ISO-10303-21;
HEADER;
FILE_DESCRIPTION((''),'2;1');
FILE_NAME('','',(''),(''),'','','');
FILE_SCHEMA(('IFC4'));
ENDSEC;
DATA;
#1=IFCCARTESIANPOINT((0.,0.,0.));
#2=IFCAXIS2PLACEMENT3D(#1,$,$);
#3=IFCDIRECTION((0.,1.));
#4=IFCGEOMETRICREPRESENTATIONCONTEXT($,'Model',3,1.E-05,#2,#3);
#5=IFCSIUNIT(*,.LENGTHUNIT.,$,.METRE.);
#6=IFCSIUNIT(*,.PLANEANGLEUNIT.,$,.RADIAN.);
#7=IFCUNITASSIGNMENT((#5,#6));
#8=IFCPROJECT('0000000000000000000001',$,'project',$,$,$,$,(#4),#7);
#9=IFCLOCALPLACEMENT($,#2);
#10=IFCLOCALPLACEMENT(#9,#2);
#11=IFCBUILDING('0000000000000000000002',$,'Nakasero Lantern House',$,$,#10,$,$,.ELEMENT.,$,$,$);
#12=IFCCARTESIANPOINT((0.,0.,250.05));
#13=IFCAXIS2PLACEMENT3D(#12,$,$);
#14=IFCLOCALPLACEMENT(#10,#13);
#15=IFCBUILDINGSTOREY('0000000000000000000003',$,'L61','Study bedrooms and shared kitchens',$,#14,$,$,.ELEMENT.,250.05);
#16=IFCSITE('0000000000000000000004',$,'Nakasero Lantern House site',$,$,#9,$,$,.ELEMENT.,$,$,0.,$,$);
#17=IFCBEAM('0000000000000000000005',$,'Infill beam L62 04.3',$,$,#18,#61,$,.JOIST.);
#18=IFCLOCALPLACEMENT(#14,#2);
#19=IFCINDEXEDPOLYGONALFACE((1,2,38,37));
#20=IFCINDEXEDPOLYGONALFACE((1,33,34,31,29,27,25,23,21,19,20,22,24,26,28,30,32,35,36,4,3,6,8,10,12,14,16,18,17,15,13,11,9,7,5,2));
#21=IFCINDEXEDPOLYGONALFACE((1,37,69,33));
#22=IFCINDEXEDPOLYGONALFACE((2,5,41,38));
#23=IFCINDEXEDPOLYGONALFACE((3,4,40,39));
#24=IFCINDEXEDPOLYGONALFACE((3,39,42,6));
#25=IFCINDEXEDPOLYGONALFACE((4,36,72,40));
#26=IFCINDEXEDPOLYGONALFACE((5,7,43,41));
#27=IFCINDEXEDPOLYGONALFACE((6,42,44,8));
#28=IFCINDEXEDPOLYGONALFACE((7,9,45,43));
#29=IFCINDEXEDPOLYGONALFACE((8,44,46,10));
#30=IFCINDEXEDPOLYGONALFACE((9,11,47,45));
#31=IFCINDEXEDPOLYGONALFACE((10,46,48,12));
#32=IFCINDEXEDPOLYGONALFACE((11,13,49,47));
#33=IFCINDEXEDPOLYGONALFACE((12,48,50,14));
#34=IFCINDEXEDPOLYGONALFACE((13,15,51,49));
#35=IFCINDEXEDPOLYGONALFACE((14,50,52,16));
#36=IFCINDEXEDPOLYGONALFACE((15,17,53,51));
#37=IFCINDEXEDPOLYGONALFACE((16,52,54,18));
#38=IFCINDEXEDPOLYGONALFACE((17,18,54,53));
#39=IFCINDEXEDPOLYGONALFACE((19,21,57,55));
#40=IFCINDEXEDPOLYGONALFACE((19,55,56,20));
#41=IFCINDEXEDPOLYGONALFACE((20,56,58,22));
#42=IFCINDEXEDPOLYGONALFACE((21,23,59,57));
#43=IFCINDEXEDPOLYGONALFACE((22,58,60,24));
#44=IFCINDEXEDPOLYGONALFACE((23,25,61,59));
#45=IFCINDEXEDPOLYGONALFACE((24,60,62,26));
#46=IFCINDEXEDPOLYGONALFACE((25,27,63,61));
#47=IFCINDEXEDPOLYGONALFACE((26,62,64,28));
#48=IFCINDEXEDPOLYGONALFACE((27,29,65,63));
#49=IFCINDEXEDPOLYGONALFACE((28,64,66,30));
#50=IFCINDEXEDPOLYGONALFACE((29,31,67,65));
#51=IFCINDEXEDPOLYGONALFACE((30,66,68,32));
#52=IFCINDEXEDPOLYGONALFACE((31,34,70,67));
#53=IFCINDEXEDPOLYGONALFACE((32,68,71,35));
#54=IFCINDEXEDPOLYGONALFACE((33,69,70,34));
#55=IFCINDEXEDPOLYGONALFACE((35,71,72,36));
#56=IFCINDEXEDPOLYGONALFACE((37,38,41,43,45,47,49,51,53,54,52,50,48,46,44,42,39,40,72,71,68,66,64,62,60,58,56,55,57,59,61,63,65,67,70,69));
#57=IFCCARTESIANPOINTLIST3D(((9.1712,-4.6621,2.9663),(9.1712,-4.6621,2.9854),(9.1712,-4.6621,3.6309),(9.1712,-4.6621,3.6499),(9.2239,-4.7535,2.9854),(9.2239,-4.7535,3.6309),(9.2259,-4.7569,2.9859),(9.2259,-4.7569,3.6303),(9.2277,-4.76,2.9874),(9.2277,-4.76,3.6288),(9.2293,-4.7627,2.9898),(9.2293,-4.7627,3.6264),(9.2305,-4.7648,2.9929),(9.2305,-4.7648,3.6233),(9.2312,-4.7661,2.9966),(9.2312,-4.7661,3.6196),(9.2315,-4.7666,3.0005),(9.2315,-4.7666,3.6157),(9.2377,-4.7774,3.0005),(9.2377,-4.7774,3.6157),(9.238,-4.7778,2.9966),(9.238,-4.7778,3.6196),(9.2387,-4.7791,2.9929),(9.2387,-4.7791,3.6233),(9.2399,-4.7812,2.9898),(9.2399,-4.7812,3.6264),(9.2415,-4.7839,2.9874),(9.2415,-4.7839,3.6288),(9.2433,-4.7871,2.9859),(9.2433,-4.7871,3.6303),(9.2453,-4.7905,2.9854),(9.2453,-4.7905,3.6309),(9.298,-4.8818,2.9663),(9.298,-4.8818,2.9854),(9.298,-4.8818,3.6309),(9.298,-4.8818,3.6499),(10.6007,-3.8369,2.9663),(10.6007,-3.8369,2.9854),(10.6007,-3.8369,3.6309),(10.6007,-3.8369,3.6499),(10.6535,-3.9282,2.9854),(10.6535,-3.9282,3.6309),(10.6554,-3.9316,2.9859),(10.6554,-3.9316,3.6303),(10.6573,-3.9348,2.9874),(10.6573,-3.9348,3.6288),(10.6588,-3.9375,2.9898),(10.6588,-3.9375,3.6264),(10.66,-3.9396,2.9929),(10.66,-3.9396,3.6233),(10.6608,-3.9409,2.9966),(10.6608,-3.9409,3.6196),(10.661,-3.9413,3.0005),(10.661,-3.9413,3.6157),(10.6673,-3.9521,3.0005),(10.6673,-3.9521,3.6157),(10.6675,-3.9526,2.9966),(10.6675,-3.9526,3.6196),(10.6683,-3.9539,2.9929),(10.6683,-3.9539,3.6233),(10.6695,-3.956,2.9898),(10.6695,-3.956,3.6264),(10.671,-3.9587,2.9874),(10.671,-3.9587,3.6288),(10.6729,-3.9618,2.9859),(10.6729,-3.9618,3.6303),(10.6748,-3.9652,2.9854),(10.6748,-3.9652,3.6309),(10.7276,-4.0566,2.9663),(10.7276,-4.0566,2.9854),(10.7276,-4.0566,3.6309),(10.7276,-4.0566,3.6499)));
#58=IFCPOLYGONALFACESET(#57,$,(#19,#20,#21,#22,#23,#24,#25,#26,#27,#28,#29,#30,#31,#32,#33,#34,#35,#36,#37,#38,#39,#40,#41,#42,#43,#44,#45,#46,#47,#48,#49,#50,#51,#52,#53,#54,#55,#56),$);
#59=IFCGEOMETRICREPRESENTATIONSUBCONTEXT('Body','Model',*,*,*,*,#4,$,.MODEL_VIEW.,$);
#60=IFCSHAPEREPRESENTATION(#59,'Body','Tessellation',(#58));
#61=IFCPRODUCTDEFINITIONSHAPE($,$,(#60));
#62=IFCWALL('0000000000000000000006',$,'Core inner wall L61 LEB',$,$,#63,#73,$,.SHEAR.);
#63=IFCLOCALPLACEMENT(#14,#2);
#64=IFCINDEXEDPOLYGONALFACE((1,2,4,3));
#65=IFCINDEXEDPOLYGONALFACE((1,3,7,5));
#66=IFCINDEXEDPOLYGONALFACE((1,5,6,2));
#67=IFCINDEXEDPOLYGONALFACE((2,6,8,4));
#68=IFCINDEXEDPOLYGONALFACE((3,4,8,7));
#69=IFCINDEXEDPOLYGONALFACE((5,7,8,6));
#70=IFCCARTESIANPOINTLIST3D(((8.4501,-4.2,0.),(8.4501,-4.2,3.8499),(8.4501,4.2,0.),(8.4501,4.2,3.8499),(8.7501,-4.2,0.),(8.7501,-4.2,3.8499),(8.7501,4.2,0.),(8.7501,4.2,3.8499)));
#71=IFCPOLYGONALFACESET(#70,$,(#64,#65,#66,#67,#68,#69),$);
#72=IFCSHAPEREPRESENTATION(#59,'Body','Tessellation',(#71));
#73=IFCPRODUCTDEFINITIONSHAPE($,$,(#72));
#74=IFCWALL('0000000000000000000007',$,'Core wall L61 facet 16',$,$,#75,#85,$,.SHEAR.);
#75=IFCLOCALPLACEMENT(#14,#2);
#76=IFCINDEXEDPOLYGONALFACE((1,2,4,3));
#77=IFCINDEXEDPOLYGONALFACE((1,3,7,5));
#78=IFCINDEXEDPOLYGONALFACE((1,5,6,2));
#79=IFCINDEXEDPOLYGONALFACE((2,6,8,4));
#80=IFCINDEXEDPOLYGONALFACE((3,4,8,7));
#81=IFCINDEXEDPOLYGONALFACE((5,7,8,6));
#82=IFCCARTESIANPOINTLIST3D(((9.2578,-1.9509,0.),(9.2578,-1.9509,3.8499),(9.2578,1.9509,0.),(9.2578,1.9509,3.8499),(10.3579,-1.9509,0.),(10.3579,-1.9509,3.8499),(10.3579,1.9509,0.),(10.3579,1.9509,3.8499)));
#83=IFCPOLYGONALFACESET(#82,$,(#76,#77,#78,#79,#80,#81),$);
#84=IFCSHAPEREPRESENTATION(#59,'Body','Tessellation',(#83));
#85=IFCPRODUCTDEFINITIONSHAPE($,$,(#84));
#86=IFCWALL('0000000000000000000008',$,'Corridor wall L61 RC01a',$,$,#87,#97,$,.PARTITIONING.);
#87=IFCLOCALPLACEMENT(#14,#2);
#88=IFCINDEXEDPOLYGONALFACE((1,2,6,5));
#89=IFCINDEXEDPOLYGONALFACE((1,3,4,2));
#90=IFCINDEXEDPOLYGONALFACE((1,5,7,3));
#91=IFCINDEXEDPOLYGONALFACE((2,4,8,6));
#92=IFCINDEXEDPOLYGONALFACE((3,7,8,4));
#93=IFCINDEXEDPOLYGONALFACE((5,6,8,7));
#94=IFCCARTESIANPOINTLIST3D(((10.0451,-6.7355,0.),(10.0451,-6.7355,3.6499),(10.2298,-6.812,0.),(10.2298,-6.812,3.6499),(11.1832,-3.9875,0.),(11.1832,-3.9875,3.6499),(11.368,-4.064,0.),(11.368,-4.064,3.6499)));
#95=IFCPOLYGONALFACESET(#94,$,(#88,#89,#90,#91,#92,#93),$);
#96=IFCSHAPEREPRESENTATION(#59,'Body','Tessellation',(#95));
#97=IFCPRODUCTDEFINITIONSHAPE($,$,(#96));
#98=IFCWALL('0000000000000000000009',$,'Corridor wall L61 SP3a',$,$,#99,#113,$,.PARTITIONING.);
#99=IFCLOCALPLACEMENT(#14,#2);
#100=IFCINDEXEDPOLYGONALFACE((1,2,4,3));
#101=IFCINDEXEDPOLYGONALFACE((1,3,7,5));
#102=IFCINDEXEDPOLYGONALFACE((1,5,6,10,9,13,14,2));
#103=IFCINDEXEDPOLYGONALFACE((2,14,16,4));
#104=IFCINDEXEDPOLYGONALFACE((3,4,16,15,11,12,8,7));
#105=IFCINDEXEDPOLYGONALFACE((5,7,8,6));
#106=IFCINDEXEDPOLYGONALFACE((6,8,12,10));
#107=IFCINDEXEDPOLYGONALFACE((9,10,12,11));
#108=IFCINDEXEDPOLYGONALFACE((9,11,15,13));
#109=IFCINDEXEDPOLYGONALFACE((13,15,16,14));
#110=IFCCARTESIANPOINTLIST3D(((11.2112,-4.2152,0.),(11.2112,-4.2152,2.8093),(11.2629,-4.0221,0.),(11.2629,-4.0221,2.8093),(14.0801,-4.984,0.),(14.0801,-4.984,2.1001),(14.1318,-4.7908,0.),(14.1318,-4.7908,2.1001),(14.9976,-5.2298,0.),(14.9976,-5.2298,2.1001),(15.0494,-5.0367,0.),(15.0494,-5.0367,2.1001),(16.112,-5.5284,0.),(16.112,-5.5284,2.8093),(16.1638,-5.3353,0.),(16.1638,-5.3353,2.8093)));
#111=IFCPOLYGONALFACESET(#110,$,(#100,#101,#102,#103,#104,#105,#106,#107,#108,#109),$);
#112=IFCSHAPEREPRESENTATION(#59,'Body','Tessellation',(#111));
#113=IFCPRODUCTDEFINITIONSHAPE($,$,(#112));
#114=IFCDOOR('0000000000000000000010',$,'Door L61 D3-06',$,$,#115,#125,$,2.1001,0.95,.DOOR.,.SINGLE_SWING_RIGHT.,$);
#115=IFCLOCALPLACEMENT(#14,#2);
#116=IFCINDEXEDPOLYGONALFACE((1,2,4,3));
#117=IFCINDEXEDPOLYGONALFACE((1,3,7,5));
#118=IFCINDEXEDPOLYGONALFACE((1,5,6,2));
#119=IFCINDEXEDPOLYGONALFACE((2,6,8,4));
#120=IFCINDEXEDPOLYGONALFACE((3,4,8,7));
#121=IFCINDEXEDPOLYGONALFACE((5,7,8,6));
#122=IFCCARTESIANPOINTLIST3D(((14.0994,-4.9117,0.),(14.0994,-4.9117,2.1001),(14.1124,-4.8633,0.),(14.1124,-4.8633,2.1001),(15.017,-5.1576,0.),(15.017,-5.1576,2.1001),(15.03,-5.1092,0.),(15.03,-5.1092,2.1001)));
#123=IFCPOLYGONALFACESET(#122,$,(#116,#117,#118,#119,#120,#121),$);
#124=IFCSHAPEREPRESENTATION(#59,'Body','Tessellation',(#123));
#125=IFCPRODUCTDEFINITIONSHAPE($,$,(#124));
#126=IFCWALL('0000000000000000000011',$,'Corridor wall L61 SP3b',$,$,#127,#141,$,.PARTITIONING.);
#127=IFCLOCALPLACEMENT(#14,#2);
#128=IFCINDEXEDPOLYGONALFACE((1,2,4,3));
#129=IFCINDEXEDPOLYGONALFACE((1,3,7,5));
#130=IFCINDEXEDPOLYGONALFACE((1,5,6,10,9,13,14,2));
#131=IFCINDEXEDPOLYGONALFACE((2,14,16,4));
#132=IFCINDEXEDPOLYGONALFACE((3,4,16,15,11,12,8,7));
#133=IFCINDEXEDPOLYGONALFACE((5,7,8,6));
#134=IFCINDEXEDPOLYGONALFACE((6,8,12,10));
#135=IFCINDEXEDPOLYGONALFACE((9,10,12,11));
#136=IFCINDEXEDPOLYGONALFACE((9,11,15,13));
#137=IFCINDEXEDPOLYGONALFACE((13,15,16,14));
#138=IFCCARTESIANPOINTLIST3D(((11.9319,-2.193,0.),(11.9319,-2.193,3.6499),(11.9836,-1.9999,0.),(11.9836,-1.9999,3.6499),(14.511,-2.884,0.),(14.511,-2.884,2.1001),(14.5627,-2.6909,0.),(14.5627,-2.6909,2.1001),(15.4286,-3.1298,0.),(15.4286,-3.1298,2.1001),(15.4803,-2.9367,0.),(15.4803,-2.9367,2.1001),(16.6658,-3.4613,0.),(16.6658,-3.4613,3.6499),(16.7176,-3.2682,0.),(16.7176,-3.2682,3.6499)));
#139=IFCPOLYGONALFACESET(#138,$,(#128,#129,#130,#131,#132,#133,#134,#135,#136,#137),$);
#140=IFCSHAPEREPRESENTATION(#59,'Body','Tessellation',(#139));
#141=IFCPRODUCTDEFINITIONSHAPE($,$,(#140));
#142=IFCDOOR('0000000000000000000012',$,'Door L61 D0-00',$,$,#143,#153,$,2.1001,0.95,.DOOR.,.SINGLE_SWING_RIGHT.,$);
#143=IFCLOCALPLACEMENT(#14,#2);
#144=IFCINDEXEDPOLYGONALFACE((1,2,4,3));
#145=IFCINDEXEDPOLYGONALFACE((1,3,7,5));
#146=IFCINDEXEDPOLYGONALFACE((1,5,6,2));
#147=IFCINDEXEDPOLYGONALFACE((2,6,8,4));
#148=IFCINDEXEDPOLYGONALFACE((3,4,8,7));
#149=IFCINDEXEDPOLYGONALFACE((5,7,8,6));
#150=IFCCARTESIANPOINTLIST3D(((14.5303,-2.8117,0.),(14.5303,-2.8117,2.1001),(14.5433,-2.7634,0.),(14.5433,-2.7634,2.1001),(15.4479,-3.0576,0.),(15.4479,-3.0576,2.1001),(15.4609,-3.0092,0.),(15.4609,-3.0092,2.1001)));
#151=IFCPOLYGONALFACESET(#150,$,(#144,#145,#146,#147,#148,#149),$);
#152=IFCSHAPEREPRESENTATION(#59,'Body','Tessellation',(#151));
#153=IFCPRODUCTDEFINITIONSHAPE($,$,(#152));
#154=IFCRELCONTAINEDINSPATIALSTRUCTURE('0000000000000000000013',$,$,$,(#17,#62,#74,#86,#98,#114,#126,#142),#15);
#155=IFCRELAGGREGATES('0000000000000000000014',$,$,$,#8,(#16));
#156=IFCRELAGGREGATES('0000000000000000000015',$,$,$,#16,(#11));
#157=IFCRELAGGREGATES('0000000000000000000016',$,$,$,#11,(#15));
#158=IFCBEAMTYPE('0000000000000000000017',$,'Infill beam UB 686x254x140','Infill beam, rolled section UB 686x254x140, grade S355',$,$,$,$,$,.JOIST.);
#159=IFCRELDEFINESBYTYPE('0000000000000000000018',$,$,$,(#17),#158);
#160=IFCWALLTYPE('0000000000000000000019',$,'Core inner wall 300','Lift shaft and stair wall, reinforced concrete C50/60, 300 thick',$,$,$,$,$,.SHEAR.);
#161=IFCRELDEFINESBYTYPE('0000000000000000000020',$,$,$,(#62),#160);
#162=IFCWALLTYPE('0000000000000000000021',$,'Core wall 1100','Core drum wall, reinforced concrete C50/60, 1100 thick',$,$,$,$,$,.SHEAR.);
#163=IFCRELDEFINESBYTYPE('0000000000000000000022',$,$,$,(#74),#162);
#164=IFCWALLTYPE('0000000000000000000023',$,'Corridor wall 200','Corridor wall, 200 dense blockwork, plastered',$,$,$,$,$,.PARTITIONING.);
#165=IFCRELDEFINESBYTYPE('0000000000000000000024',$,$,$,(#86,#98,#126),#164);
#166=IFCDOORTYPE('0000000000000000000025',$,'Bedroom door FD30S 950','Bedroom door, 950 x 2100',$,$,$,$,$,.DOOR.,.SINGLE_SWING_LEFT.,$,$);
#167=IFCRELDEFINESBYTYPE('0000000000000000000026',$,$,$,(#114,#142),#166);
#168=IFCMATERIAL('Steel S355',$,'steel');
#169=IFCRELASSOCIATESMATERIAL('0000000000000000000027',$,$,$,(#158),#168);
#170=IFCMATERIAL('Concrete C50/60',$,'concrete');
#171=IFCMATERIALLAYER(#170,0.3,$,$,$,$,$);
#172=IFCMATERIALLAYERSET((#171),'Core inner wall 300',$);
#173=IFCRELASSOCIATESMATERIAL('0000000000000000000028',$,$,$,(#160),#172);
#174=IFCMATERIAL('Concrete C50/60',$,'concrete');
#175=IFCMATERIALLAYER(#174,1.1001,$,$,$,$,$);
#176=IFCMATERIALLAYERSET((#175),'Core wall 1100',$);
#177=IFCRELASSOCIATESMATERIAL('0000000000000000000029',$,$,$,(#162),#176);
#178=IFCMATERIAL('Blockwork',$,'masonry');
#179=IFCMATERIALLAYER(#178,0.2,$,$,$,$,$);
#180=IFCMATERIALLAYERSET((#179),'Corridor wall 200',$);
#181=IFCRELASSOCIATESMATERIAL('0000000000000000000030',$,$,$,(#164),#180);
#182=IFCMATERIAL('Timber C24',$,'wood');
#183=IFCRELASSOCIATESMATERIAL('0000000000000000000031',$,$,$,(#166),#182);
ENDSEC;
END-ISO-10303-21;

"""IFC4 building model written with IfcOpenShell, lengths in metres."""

from ifc_helpers import new_model, si_unit, direction, frame, frame_2d, origin, origin_2d, place, context, subcontext, project, spatial, rectangle, i_section, extrude, material, layer, layer_set, material_profile, profile_set, type_object, element, fill, save


model = new_model("IFC4")

# Units and contexts
model_context = context("Model", 3, precision=1e-05, world=origin(), true_north=direction((0.0, 1.0)))
body_context = subcontext(model_context, "Body", "Model", "MODEL_VIEW")
ifc_project = project(units=[si_unit("LENGTHUNIT", "METRE"), si_unit("PLANEANGLEUNIT", "RADIAN")], contexts=[model_context])

# Site, building, storey
site_placement = place(None, origin())
site = spatial("IfcSite", under=ifc_project, at=site_placement, Name="Nakasero Lantern House site", CompositionType="ELEMENT", RefElevation=0.0)
building_placement = place(site_placement, origin())
building = spatial("IfcBuilding", under=site, at=building_placement, Name="Nakasero Lantern House", CompositionType="ELEMENT")
storey_placement = place(building_placement, frame((0.0, 0.0, 250.05)))
storey = spatial("IfcBuildingStorey", under=building, at=storey_placement, Name="L61", Description="Study bedrooms and shared kitchens", CompositionType="ELEMENT", Elevation=250.05)

# Beam
ifc_material_1 = material(Name="Steel S355", Category="steel")
ifc_material_profile = material_profile(ifc_material_1, i_section(OverallWidth=0.2537, OverallDepth=0.6836, WebThickness=0.0125, FlangeThickness=0.019, FilletRadius=0.0151, at=origin_2d()), Name="UB 686x254x140")
ifc_profile_set = profile_set([ifc_material_profile], Name="Steel S355")
beam_type = type_object("IfcBeamType", Name="Infill beam UB 686x254x140", Description="Infill beam, rolled section UB 686x254x140, grade S355", PredefinedType="JOIST", material=ifc_profile_set)
beam_placement = place(storey_placement, frame((9.2346, -4.772, 3.3081), z_axis=(0.86605, 0.499957, 0.0), x_axis=(-0.499957, 0.86605, 0.0)))
element("IfcBeam", 1, at=beam_placement, inside=storey, type_object=beam_type, Name="Infill beam L62 04.3", PredefinedType="JOIST", context=body_context, shape_type="SweptSolid", body=[
    extrude(i_section(OverallWidth=0.2537, OverallDepth=0.6836, WebThickness=0.0125, FlangeThickness=0.019, FilletRadius=0.0151, at=origin_2d()), origin(), (0.0, 0.0, 1.0), 1.6506),
])

# Walls
ifc_material_2 = material(Name="Concrete C50/60", Category="concrete")
ifc_layer_1 = layer(ifc_material_2, 0.3)
ifc_layer_set_1 = layer_set([ifc_layer_1], Name="Core inner wall 300")
wall_type_1 = type_object("IfcWallType", Name="Core inner wall 300", Description="Lift shaft and stair wall, reinforced concrete C50/60, 300 thick", PredefinedType="SHEAR", material=ifc_layer_set_1)
wall_1_placement = place(storey_placement, frame((8.6001, -4.2, 0.0), z_axis=(0.0, 0.0, 1.0), x_axis=(0.0, 1.0, 0.0)))
element("IfcWall", 2, at=wall_1_placement, inside=storey, type_object=wall_type_1, Name="Core inner wall L61 LEB", PredefinedType="SHEAR", context=body_context, shape_type="SweptSolid", body=[
    extrude(rectangle(XDim=8.3999, YDim=0.3, at=frame_2d((4.2, 0.0))), origin(), (0.0, 0.0, 1.0), 3.8499),
])
ifc_material_3 = material(Name="Concrete C50/60", Category="concrete")
ifc_layer_2 = layer(ifc_material_3, 1.1001)
ifc_layer_set_2 = layer_set([ifc_layer_2], Name="Core wall 1100")
wall_type_2 = type_object("IfcWallType", Name="Core wall 1100", Description="Core drum wall, reinforced concrete C50/60, 1100 thick", PredefinedType="SHEAR", material=ifc_layer_set_2)
wall_2_placement = place(storey_placement, frame((9.8079, -1.9509, 0.0), z_axis=(0.0, 0.0, 1.0), x_axis=(0.0, 1.0, 0.0)))
element("IfcWall", 3, at=wall_2_placement, inside=storey, type_object=wall_type_2, Name="Core wall L61 facet 16", PredefinedType="SHEAR", context=body_context, shape_type="SweptSolid", body=[
    extrude(rectangle(XDim=3.9019, YDim=1.1001, at=frame_2d((1.9509, 0.0))), origin(), (0.0, 0.0, 1.0), 3.8499),
])
ifc_material_4 = material(Name="Blockwork", Category="masonry")
ifc_layer_3 = layer(ifc_material_4, 0.2)
ifc_layer_set_3 = layer_set([ifc_layer_3], Name="Corridor wall 200")
wall_type_3 = type_object("IfcWallType", Name="Corridor wall 200", Description="Corridor wall, 200 dense blockwork, plastered", PredefinedType="PARTITIONING", material=ifc_layer_set_3)
wall_3_placement = place(storey_placement, frame((11.2756, -4.0256, 0.0), z_axis=(0.0, 0.0, 1.0), x_axis=(-0.382656, -0.923891, 0.0)))
element("IfcWall", 4, at=wall_3_placement, inside=storey, type_object=wall_type_3, Name="Corridor wall L61 RC01a", PredefinedType="PARTITIONING", context=body_context, shape_type="SweptSolid", body=[
    extrude(rectangle(XDim=2.9744, YDim=0.2, at=frame_2d((1.4873, 0.0))), origin(), (0.0, 0.0, 1.0), 3.6499),
])

# Walls, openings, doors
wall_4_placement = place(storey_placement, frame((11.2371, -4.1187, 0.0), z_axis=(0.0, 0.0, 1.0), x_axis=(0.965924, -0.258827, 0.0)))
wall_4 = element("IfcWall", 5, at=wall_4_placement, inside=storey, type_object=wall_type_3, Name="Corridor wall L61 SP3a", PredefinedType="PARTITIONING", context=body_context, shape_type="SweptSolid", body=[
    extrude(rectangle(XDim=5.0737, YDim=0.2, at=frame_2d((2.5369, 0.0))), origin(), (0.0, 0.0, 1.0), 2.8093),
])
opening_1_placement = place(wall_4_placement, frame((2.97, 0.0, 0.0)))
opening_1 = element("IfcOpeningElement", 6, at=opening_1_placement, cuts=wall_4, PredefinedType="OPENING", context=body_context, shape_type="SweptSolid", body=[
    extrude(rectangle(XDim=0.95, YDim=2.1001, at=frame_2d((0.4751, 1.05))), frame((0.0, 0.1199, 0.0), z_axis=(0.0, -1.0, 0.0), x_axis=(1.0, 0.0, 0.0)), (0.0, 0.0, 1.0), 0.24),
])
ifc_material_5 = material(Name="Timber C24", Category="wood")
door_type_1 = type_object("IfcDoorType", Name="Bedroom door FD30S 950", Description="Bedroom door, 950 x 2100", OperationType="SINGLE_SWING_LEFT", PredefinedType="DOOR", material=ifc_material_5)
door_1_placement = place(opening_1_placement, origin())
door_1 = element("IfcDoor", 7, at=door_1_placement, inside=storey, type_object=door_type_1, Name="Door L61 D3-06", OperationType="SINGLE_SWING_RIGHT", OverallHeight=2.1001, OverallWidth=0.95, PredefinedType="DOOR", context=body_context, shape_type="SweptSolid", body=[
    extrude(rectangle(XDim=0.95, YDim=2.1001, at=frame_2d((0.4751, 1.05))), frame((0.0, 0.0249, 0.0), z_axis=(0.0, -1.0, 0.0), x_axis=(1.0, 0.0, 0.0)), (0.0, 0.0, 1.0), 0.05),
])
fill(opening_1, door_1)
wall_5_placement = place(storey_placement, frame((11.9578, -2.0964, 0.0), z_axis=(0.0, 0.0, 1.0), x_axis=(0.965932, -0.258794, 0.0)))
wall_5 = element("IfcWall", 8, at=wall_5_placement, inside=storey, type_object=wall_type_3, Name="Corridor wall L61 SP3b", PredefinedType="PARTITIONING", context=body_context, shape_type="SweptSolid", body=[
    extrude(rectangle(XDim=4.9009, YDim=0.2, at=frame_2d((2.4504, 0.0))), origin(), (0.0, 0.0, 1.0), 3.6499),
])
opening_2_placement = place(wall_5_placement, frame((2.6699, 0.0, 0.0)))
opening_2 = element("IfcOpeningElement", 9, at=opening_2_placement, cuts=wall_5, PredefinedType="OPENING", context=body_context, shape_type="SweptSolid", body=[
    extrude(rectangle(XDim=0.95, YDim=2.1001, at=frame_2d((0.4751, 1.05))), frame((0.0, 0.1199, 0.0), z_axis=(0.0, -1.0, 0.0), x_axis=(1.0, 0.0, 0.0)), (0.0, 0.0, 1.0), 0.24),
])
door_2_placement = place(opening_2_placement, origin())
door_2 = element("IfcDoor", 10, at=door_2_placement, inside=storey, type_object=door_type_1, Name="Door L61 D0-00", OperationType="SINGLE_SWING_RIGHT", OverallHeight=2.1001, OverallWidth=0.95, PredefinedType="DOOR", context=body_context, shape_type="SweptSolid", body=[
    extrude(rectangle(XDim=0.95, YDim=2.1001, at=frame_2d((0.4751, 1.05))), frame((0.0, 0.0249, 0.0), z_axis=(0.0, -1.0, 0.0), x_axis=(1.0, 0.0, 0.0)), (0.0, 0.0, 1.0), 0.05),
])
fill(opening_2, door_2)

save(model, "model.ifc")
